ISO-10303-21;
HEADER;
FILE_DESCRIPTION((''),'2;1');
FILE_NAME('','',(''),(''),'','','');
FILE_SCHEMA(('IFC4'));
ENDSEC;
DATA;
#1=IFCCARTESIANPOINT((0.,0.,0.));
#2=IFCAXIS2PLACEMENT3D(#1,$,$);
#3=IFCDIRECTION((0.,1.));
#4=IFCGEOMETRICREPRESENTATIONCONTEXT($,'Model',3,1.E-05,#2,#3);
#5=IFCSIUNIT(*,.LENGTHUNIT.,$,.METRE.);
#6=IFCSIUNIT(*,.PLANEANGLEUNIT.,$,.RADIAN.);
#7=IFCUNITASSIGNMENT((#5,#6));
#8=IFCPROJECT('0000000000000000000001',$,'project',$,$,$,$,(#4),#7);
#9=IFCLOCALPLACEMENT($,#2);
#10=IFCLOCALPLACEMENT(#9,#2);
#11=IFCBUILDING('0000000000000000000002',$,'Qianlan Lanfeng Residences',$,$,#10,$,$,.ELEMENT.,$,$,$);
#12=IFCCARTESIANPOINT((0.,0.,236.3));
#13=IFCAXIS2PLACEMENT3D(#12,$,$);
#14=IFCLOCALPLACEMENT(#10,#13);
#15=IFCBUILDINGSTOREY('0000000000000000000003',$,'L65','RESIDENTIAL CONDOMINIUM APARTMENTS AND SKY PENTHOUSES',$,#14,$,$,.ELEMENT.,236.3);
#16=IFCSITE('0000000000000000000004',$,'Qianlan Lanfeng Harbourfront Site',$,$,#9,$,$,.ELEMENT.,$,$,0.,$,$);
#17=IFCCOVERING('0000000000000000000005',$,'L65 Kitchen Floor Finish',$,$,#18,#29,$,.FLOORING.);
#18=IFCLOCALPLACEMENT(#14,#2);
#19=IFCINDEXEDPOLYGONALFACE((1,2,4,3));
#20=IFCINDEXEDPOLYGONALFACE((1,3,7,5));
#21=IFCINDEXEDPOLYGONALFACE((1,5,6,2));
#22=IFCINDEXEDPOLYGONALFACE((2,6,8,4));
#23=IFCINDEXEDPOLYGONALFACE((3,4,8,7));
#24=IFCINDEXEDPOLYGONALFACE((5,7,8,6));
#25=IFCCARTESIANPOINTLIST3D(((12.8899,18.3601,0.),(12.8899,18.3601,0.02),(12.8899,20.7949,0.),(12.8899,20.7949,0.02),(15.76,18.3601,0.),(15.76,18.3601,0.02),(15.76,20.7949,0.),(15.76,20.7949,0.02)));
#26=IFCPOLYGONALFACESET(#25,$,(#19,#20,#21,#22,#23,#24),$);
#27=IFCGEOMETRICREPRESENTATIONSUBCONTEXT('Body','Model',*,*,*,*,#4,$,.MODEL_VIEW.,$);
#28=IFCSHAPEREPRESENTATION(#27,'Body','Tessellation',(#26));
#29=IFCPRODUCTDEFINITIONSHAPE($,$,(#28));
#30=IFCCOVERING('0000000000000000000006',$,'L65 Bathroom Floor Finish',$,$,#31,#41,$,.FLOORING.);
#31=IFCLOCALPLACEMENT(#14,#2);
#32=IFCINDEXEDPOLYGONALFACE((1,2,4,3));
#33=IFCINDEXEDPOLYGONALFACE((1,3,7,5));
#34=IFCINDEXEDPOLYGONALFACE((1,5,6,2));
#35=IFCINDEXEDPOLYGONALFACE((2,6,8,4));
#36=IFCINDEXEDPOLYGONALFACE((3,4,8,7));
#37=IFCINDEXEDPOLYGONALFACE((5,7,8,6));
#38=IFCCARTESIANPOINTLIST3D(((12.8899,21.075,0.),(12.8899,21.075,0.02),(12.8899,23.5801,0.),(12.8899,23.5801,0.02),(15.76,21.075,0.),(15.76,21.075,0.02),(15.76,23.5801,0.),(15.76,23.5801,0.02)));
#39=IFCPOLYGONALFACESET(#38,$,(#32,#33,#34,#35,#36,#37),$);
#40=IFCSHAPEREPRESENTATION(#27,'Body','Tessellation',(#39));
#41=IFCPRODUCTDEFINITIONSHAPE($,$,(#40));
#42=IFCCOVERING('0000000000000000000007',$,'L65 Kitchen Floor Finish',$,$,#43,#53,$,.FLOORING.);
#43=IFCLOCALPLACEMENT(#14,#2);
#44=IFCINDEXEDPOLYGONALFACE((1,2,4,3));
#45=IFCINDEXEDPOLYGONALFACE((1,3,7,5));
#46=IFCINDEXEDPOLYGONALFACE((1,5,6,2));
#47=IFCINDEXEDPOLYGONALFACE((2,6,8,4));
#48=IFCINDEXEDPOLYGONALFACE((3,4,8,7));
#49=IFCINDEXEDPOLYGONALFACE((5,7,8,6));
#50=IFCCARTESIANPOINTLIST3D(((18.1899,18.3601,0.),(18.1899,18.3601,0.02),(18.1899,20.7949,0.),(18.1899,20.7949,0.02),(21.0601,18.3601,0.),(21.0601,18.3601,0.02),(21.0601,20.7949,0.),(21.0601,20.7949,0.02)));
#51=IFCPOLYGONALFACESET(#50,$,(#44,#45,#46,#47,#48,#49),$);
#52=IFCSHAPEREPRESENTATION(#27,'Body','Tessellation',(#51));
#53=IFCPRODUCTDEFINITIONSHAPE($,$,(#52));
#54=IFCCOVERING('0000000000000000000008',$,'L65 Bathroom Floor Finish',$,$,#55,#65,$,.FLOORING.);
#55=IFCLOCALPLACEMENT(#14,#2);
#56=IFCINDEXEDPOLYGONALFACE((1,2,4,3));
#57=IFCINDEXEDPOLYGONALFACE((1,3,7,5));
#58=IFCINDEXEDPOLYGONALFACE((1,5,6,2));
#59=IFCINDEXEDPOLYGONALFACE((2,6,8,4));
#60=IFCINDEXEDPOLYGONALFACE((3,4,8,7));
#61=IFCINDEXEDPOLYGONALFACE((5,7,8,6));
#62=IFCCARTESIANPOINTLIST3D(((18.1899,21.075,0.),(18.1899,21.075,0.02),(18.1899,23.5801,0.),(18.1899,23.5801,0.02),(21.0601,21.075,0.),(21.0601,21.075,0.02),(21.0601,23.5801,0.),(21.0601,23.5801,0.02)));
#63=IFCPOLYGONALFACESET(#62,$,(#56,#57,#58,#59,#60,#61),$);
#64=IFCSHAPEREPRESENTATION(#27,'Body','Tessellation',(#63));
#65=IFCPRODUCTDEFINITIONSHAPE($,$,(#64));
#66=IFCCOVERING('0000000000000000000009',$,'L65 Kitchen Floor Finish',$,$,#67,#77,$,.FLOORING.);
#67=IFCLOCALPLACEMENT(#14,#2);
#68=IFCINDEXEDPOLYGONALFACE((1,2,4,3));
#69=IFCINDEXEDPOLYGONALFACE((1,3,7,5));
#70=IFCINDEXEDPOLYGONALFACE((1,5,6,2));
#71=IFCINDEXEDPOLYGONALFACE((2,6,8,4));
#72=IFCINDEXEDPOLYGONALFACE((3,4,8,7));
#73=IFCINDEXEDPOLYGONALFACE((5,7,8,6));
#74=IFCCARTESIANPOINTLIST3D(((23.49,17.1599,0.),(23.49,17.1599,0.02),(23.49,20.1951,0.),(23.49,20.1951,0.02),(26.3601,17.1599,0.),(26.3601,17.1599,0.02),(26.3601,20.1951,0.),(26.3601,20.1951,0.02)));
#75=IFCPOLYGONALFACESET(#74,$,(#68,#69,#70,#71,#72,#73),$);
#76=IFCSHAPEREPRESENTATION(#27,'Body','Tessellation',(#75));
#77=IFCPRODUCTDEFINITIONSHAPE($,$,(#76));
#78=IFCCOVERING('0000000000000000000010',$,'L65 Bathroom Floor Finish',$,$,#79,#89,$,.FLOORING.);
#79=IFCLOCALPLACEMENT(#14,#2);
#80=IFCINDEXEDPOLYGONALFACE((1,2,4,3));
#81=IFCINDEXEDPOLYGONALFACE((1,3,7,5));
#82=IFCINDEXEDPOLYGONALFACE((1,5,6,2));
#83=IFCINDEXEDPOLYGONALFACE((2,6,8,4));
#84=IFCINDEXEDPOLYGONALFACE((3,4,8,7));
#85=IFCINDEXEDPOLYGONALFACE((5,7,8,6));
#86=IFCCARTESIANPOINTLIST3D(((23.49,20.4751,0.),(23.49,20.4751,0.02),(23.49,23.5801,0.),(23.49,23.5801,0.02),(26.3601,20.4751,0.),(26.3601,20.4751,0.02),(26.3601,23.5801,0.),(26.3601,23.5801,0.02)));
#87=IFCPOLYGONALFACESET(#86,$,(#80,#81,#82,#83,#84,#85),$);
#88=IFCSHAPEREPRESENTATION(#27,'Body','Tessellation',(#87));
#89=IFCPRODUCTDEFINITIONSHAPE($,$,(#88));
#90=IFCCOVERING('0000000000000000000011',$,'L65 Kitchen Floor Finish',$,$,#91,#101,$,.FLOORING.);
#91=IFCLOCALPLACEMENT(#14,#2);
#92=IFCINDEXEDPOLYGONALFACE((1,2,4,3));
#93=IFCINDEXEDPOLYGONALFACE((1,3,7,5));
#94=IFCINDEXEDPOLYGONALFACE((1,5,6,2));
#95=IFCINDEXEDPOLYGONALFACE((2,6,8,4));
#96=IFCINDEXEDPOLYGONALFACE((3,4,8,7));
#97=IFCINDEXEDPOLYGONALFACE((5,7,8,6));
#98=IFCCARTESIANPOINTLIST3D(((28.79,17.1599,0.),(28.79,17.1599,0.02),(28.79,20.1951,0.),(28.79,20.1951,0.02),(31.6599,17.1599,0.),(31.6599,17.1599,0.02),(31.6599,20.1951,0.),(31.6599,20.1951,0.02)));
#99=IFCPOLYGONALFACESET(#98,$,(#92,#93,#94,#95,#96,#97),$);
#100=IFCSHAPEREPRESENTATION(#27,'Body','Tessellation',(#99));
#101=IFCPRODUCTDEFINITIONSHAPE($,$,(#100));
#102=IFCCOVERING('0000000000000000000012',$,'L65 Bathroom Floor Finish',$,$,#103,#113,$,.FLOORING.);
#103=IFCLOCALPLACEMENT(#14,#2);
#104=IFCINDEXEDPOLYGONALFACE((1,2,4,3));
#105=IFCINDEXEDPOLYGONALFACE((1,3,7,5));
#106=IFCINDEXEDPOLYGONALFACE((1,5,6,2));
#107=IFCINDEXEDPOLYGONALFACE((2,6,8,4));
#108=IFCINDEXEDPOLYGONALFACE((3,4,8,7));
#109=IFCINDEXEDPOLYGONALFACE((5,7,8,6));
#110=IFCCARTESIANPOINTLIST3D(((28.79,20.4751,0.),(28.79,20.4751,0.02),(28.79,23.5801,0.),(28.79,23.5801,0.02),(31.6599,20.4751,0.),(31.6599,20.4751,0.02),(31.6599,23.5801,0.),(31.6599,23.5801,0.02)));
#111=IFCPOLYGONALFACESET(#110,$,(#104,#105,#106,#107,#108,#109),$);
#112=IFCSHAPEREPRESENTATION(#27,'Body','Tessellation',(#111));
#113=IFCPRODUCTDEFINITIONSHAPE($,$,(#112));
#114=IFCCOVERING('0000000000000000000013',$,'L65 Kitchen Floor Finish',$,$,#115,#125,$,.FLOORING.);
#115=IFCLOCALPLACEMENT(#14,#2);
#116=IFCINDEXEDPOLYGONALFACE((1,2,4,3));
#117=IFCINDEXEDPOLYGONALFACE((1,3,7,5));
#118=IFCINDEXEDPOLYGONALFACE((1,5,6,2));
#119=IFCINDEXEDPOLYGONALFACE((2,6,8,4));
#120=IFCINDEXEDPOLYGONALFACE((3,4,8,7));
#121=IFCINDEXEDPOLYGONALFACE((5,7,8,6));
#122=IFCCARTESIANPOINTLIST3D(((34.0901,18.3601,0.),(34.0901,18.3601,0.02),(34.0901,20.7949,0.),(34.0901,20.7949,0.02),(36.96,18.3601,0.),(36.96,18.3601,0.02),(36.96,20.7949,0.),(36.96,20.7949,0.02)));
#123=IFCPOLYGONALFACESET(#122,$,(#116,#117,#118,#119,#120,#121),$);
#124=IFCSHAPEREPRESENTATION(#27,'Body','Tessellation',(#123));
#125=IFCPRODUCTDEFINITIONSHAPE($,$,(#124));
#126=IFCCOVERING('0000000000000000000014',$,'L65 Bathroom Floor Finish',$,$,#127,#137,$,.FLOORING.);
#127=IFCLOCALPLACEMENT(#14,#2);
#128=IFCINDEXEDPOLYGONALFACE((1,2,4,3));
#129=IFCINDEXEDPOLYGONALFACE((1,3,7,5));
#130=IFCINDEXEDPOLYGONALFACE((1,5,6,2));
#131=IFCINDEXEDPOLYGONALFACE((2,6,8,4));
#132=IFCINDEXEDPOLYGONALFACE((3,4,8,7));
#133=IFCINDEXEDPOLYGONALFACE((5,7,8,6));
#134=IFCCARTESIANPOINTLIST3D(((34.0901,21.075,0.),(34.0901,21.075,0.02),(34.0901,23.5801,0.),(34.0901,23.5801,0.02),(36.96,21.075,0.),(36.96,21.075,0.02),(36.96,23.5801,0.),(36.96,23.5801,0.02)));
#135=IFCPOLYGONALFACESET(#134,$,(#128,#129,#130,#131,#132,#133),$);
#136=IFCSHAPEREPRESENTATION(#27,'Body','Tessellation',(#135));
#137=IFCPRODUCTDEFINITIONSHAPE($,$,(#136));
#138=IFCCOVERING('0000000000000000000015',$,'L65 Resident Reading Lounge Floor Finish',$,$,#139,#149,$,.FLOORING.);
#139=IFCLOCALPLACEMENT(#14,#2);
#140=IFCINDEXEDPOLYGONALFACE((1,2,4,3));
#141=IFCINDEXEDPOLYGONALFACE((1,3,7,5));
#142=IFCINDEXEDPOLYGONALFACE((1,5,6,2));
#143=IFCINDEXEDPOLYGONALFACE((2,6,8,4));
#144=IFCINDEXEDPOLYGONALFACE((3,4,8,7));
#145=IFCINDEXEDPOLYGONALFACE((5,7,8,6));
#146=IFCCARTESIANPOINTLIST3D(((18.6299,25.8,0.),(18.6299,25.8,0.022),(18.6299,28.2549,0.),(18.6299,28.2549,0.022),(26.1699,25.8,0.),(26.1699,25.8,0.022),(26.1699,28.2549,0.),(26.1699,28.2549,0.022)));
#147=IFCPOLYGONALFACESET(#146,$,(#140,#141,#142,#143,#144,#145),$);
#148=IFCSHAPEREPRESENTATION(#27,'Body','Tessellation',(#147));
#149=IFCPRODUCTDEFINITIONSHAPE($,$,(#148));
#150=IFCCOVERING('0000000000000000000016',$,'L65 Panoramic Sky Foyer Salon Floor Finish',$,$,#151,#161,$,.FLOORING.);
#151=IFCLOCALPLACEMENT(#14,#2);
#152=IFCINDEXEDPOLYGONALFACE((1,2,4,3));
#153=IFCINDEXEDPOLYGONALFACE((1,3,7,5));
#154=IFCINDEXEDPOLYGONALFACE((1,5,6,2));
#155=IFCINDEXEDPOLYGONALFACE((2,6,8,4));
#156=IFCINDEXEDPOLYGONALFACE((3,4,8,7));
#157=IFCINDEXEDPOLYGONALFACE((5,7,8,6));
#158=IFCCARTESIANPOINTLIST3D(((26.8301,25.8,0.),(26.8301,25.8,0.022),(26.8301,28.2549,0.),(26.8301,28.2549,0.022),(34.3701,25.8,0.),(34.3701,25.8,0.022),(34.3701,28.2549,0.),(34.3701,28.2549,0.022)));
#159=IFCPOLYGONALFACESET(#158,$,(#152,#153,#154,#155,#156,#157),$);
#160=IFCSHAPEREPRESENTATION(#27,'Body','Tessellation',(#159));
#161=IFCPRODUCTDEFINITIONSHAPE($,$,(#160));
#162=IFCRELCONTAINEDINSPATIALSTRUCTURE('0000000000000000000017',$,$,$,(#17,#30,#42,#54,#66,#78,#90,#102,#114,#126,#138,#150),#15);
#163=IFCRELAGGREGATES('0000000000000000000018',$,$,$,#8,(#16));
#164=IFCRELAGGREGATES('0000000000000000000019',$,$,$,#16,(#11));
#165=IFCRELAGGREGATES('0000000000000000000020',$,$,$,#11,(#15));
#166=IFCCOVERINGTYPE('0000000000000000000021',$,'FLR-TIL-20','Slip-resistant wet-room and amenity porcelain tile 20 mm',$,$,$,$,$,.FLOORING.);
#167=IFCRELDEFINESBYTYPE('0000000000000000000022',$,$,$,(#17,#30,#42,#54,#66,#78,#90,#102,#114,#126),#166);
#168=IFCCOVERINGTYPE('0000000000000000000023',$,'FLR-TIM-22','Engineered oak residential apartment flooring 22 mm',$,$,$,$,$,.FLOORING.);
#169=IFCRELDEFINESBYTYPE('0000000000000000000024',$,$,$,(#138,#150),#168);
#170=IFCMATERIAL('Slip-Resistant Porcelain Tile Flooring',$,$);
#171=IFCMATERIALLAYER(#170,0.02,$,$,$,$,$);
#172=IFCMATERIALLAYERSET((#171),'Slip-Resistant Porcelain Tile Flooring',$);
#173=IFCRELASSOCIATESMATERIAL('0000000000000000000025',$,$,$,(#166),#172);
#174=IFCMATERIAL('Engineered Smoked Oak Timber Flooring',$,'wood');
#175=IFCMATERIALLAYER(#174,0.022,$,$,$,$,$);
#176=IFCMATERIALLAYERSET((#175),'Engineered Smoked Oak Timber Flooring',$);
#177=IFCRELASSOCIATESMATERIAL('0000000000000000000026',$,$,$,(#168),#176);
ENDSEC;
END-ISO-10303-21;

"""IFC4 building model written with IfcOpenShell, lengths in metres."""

from ifc_helpers import new_model, si_unit, direction, frame, origin, place, context, subcontext, project, spatial, polyline, outline, extrude, material, layer, layer_set, type_object, element, save


model = new_model("IFC4")

# Units and contexts
model_context = context("Model", 3, precision=1e-05, world=origin(), true_north=direction((0.0, 1.0)))
body_context = subcontext(model_context, "Body", "Model", "MODEL_VIEW")
ifc_project = project(units=[si_unit("LENGTHUNIT", "METRE"), si_unit("PLANEANGLEUNIT", "RADIAN")], contexts=[model_context])

# Site, building, storey
site_placement = place(None, origin())
site = spatial("IfcSite", under=ifc_project, at=site_placement, Name="Qianlan Lanfeng Harbourfront Site", CompositionType="ELEMENT", RefElevation=0.0)
building_placement = place(site_placement, origin())
building = spatial("IfcBuilding", under=site, at=building_placement, Name="Qianlan Lanfeng Residences", CompositionType="ELEMENT")
storey_placement = place(building_placement, frame((0.0, 0.0, 236.3)))
storey = spatial("IfcBuildingStorey", under=building, at=storey_placement, Name="L65", Description="RESIDENTIAL CONDOMINIUM APARTMENTS AND SKY PENTHOUSES", CompositionType="ELEMENT", Elevation=236.3)

# Coverings
ifc_material_1 = material(Name="Slip-Resistant Porcelain Tile Flooring")
ifc_layer_1 = layer(ifc_material_1, 0.02)
ifc_layer_set_1 = layer_set([ifc_layer_1], Name="Slip-Resistant Porcelain Tile Flooring")
covering_type_1 = type_object("IfcCoveringType", Name="FLR-TIL-20", Description="Slip-resistant wet-room and amenity porcelain tile 20 mm", PredefinedType="FLOORING", material=ifc_layer_set_1)
covering_1_placement = place(storey_placement, origin())
element("IfcCovering", 1, at=covering_1_placement, inside=storey, type_object=covering_type_1, Name="L65 Kitchen Floor Finish", PredefinedType="FLOORING", context=body_context, shape_type="SweptSolid", body=[
    extrude(outline(polyline([(12.8899, 18.3601), (15.76, 18.3601), (15.76, 20.7949), (12.8899, 20.7949), (12.8899, 18.3601)])), origin(), (0.0, 0.0, 1.0), 0.02),
])
covering_2_placement = place(storey_placement, origin())
element("IfcCovering", 2, at=covering_2_placement, inside=storey, type_object=covering_type_1, Name="L65 Bathroom Floor Finish", PredefinedType="FLOORING", context=body_context, shape_type="SweptSolid", body=[
    extrude(outline(polyline([(12.8899, 21.075), (15.76, 21.075), (15.76, 23.5801), (12.8899, 23.5801), (12.8899, 21.075)])), origin(), (0.0, 0.0, 1.0), 0.02),
])
covering_3_placement = place(storey_placement, origin())
element("IfcCovering", 3, at=covering_3_placement, inside=storey, type_object=covering_type_1, Name="L65 Kitchen Floor Finish", PredefinedType="FLOORING", context=body_context, shape_type="SweptSolid", body=[
    extrude(outline(polyline([(18.1899, 18.3601), (21.0601, 18.3601), (21.0601, 20.7949), (18.1899, 20.7949), (18.1899, 18.3601)])), origin(), (0.0, 0.0, 1.0), 0.02),
])
covering_4_placement = place(storey_placement, origin())
element("IfcCovering", 4, at=covering_4_placement, inside=storey, type_object=covering_type_1, Name="L65 Bathroom Floor Finish", PredefinedType="FLOORING", context=body_context, shape_type="SweptSolid", body=[
    extrude(outline(polyline([(18.1899, 21.075), (21.0601, 21.075), (21.0601, 23.5801), (18.1899, 23.5801), (18.1899, 21.075)])), origin(), (0.0, 0.0, 1.0), 0.02),
])
covering_5_placement = place(storey_placement, origin())
element("IfcCovering", 5, at=covering_5_placement, inside=storey, type_object=covering_type_1, Name="L65 Kitchen Floor Finish", PredefinedType="FLOORING", context=body_context, shape_type="SweptSolid", body=[
    extrude(outline(polyline([(23.49, 17.1599), (26.3601, 17.1599), (26.3601, 20.1951), (23.49, 20.1951), (23.49, 17.1599)])), origin(), (0.0, 0.0, 1.0), 0.02),
])
covering_6_placement = place(storey_placement, origin())
element("IfcCovering", 6, at=covering_6_placement, inside=storey, type_object=covering_type_1, Name="L65 Bathroom Floor Finish", PredefinedType="FLOORING", context=body_context, shape_type="SweptSolid", body=[
    extrude(outline(polyline([(23.49, 20.4751), (26.3601, 20.4751), (26.3601, 23.5801), (23.49, 23.5801), (23.49, 20.4751)])), origin(), (0.0, 0.0, 1.0), 0.02),
])
covering_7_placement = place(storey_placement, origin())
element("IfcCovering", 7, at=covering_7_placement, inside=storey, type_object=covering_type_1, Name="L65 Kitchen Floor Finish", PredefinedType="FLOORING", context=body_context, shape_type="SweptSolid", body=[
    extrude(outline(polyline([(28.79, 17.1599), (31.6599, 17.1599), (31.6599, 20.1951), (28.79, 20.1951), (28.79, 17.1599)])), origin(), (0.0, 0.0, 1.0), 0.02),
])
covering_8_placement = place(storey_placement, origin())
element("IfcCovering", 8, at=covering_8_placement, inside=storey, type_object=covering_type_1, Name="L65 Bathroom Floor Finish", PredefinedType="FLOORING", context=body_context, shape_type="SweptSolid", body=[
    extrude(outline(polyline([(28.79, 20.4751), (31.6599, 20.4751), (31.6599, 23.5801), (28.79, 23.5801), (28.79, 20.4751)])), origin(), (0.0, 0.0, 1.0), 0.02),
])
covering_9_placement = place(storey_placement, origin())
element("IfcCovering", 9, at=covering_9_placement, inside=storey, type_object=covering_type_1, Name="L65 Kitchen Floor Finish", PredefinedType="FLOORING", context=body_context, shape_type="SweptSolid", body=[
    extrude(outline(polyline([(34.0901, 18.3601), (36.96, 18.3601), (36.96, 20.7949), (34.0901, 20.7949), (34.0901, 18.3601)])), origin(), (0.0, 0.0, 1.0), 0.02),
])
covering_10_placement = place(storey_placement, origin())
element("IfcCovering", 10, at=covering_10_placement, inside=storey, type_object=covering_type_1, Name="L65 Bathroom Floor Finish", PredefinedType="FLOORING", context=body_context, shape_type="SweptSolid", body=[
    extrude(outline(polyline([(34.0901, 21.075), (36.96, 21.075), (36.96, 23.5801), (34.0901, 23.5801), (34.0901, 21.075)])), origin(), (0.0, 0.0, 1.0), 0.02),
])
ifc_material_2 = material(Name="Engineered Smoked Oak Timber Flooring", Category="wood")
ifc_layer_2 = layer(ifc_material_2, 0.022)
ifc_layer_set_2 = layer_set([ifc_layer_2], Name="Engineered Smoked Oak Timber Flooring")
covering_type_2 = type_object("IfcCoveringType", Name="FLR-TIM-22", Description="Engineered oak residential apartment flooring 22 mm", PredefinedType="FLOORING", material=ifc_layer_set_2)
covering_11_placement = place(storey_placement, origin())
element("IfcCovering", 11, at=covering_11_placement, inside=storey, type_object=covering_type_2, Name="L65 Resident Reading Lounge Floor Finish", PredefinedType="FLOORING", context=body_context, shape_type="SweptSolid", body=[
    extrude(outline(polyline([(18.6299, 25.8), (26.1699, 25.8), (26.1699, 28.2549), (18.6299, 28.2549), (18.6299, 25.8)])), origin(), (0.0, 0.0, 1.0), 0.022),
])
covering_12_placement = place(storey_placement, origin())
element("IfcCovering", 12, at=covering_12_placement, inside=storey, type_object=covering_type_2, Name="L65 Panoramic Sky Foyer Salon Floor Finish", PredefinedType="FLOORING", context=body_context, shape_type="SweptSolid", body=[
    extrude(outline(polyline([(26.8301, 25.8), (34.3701, 25.8), (34.3701, 28.2549), (26.8301, 28.2549), (26.8301, 25.8)])), origin(), (0.0, 0.0, 1.0), 0.022),
])

save(model, "model.ifc")
